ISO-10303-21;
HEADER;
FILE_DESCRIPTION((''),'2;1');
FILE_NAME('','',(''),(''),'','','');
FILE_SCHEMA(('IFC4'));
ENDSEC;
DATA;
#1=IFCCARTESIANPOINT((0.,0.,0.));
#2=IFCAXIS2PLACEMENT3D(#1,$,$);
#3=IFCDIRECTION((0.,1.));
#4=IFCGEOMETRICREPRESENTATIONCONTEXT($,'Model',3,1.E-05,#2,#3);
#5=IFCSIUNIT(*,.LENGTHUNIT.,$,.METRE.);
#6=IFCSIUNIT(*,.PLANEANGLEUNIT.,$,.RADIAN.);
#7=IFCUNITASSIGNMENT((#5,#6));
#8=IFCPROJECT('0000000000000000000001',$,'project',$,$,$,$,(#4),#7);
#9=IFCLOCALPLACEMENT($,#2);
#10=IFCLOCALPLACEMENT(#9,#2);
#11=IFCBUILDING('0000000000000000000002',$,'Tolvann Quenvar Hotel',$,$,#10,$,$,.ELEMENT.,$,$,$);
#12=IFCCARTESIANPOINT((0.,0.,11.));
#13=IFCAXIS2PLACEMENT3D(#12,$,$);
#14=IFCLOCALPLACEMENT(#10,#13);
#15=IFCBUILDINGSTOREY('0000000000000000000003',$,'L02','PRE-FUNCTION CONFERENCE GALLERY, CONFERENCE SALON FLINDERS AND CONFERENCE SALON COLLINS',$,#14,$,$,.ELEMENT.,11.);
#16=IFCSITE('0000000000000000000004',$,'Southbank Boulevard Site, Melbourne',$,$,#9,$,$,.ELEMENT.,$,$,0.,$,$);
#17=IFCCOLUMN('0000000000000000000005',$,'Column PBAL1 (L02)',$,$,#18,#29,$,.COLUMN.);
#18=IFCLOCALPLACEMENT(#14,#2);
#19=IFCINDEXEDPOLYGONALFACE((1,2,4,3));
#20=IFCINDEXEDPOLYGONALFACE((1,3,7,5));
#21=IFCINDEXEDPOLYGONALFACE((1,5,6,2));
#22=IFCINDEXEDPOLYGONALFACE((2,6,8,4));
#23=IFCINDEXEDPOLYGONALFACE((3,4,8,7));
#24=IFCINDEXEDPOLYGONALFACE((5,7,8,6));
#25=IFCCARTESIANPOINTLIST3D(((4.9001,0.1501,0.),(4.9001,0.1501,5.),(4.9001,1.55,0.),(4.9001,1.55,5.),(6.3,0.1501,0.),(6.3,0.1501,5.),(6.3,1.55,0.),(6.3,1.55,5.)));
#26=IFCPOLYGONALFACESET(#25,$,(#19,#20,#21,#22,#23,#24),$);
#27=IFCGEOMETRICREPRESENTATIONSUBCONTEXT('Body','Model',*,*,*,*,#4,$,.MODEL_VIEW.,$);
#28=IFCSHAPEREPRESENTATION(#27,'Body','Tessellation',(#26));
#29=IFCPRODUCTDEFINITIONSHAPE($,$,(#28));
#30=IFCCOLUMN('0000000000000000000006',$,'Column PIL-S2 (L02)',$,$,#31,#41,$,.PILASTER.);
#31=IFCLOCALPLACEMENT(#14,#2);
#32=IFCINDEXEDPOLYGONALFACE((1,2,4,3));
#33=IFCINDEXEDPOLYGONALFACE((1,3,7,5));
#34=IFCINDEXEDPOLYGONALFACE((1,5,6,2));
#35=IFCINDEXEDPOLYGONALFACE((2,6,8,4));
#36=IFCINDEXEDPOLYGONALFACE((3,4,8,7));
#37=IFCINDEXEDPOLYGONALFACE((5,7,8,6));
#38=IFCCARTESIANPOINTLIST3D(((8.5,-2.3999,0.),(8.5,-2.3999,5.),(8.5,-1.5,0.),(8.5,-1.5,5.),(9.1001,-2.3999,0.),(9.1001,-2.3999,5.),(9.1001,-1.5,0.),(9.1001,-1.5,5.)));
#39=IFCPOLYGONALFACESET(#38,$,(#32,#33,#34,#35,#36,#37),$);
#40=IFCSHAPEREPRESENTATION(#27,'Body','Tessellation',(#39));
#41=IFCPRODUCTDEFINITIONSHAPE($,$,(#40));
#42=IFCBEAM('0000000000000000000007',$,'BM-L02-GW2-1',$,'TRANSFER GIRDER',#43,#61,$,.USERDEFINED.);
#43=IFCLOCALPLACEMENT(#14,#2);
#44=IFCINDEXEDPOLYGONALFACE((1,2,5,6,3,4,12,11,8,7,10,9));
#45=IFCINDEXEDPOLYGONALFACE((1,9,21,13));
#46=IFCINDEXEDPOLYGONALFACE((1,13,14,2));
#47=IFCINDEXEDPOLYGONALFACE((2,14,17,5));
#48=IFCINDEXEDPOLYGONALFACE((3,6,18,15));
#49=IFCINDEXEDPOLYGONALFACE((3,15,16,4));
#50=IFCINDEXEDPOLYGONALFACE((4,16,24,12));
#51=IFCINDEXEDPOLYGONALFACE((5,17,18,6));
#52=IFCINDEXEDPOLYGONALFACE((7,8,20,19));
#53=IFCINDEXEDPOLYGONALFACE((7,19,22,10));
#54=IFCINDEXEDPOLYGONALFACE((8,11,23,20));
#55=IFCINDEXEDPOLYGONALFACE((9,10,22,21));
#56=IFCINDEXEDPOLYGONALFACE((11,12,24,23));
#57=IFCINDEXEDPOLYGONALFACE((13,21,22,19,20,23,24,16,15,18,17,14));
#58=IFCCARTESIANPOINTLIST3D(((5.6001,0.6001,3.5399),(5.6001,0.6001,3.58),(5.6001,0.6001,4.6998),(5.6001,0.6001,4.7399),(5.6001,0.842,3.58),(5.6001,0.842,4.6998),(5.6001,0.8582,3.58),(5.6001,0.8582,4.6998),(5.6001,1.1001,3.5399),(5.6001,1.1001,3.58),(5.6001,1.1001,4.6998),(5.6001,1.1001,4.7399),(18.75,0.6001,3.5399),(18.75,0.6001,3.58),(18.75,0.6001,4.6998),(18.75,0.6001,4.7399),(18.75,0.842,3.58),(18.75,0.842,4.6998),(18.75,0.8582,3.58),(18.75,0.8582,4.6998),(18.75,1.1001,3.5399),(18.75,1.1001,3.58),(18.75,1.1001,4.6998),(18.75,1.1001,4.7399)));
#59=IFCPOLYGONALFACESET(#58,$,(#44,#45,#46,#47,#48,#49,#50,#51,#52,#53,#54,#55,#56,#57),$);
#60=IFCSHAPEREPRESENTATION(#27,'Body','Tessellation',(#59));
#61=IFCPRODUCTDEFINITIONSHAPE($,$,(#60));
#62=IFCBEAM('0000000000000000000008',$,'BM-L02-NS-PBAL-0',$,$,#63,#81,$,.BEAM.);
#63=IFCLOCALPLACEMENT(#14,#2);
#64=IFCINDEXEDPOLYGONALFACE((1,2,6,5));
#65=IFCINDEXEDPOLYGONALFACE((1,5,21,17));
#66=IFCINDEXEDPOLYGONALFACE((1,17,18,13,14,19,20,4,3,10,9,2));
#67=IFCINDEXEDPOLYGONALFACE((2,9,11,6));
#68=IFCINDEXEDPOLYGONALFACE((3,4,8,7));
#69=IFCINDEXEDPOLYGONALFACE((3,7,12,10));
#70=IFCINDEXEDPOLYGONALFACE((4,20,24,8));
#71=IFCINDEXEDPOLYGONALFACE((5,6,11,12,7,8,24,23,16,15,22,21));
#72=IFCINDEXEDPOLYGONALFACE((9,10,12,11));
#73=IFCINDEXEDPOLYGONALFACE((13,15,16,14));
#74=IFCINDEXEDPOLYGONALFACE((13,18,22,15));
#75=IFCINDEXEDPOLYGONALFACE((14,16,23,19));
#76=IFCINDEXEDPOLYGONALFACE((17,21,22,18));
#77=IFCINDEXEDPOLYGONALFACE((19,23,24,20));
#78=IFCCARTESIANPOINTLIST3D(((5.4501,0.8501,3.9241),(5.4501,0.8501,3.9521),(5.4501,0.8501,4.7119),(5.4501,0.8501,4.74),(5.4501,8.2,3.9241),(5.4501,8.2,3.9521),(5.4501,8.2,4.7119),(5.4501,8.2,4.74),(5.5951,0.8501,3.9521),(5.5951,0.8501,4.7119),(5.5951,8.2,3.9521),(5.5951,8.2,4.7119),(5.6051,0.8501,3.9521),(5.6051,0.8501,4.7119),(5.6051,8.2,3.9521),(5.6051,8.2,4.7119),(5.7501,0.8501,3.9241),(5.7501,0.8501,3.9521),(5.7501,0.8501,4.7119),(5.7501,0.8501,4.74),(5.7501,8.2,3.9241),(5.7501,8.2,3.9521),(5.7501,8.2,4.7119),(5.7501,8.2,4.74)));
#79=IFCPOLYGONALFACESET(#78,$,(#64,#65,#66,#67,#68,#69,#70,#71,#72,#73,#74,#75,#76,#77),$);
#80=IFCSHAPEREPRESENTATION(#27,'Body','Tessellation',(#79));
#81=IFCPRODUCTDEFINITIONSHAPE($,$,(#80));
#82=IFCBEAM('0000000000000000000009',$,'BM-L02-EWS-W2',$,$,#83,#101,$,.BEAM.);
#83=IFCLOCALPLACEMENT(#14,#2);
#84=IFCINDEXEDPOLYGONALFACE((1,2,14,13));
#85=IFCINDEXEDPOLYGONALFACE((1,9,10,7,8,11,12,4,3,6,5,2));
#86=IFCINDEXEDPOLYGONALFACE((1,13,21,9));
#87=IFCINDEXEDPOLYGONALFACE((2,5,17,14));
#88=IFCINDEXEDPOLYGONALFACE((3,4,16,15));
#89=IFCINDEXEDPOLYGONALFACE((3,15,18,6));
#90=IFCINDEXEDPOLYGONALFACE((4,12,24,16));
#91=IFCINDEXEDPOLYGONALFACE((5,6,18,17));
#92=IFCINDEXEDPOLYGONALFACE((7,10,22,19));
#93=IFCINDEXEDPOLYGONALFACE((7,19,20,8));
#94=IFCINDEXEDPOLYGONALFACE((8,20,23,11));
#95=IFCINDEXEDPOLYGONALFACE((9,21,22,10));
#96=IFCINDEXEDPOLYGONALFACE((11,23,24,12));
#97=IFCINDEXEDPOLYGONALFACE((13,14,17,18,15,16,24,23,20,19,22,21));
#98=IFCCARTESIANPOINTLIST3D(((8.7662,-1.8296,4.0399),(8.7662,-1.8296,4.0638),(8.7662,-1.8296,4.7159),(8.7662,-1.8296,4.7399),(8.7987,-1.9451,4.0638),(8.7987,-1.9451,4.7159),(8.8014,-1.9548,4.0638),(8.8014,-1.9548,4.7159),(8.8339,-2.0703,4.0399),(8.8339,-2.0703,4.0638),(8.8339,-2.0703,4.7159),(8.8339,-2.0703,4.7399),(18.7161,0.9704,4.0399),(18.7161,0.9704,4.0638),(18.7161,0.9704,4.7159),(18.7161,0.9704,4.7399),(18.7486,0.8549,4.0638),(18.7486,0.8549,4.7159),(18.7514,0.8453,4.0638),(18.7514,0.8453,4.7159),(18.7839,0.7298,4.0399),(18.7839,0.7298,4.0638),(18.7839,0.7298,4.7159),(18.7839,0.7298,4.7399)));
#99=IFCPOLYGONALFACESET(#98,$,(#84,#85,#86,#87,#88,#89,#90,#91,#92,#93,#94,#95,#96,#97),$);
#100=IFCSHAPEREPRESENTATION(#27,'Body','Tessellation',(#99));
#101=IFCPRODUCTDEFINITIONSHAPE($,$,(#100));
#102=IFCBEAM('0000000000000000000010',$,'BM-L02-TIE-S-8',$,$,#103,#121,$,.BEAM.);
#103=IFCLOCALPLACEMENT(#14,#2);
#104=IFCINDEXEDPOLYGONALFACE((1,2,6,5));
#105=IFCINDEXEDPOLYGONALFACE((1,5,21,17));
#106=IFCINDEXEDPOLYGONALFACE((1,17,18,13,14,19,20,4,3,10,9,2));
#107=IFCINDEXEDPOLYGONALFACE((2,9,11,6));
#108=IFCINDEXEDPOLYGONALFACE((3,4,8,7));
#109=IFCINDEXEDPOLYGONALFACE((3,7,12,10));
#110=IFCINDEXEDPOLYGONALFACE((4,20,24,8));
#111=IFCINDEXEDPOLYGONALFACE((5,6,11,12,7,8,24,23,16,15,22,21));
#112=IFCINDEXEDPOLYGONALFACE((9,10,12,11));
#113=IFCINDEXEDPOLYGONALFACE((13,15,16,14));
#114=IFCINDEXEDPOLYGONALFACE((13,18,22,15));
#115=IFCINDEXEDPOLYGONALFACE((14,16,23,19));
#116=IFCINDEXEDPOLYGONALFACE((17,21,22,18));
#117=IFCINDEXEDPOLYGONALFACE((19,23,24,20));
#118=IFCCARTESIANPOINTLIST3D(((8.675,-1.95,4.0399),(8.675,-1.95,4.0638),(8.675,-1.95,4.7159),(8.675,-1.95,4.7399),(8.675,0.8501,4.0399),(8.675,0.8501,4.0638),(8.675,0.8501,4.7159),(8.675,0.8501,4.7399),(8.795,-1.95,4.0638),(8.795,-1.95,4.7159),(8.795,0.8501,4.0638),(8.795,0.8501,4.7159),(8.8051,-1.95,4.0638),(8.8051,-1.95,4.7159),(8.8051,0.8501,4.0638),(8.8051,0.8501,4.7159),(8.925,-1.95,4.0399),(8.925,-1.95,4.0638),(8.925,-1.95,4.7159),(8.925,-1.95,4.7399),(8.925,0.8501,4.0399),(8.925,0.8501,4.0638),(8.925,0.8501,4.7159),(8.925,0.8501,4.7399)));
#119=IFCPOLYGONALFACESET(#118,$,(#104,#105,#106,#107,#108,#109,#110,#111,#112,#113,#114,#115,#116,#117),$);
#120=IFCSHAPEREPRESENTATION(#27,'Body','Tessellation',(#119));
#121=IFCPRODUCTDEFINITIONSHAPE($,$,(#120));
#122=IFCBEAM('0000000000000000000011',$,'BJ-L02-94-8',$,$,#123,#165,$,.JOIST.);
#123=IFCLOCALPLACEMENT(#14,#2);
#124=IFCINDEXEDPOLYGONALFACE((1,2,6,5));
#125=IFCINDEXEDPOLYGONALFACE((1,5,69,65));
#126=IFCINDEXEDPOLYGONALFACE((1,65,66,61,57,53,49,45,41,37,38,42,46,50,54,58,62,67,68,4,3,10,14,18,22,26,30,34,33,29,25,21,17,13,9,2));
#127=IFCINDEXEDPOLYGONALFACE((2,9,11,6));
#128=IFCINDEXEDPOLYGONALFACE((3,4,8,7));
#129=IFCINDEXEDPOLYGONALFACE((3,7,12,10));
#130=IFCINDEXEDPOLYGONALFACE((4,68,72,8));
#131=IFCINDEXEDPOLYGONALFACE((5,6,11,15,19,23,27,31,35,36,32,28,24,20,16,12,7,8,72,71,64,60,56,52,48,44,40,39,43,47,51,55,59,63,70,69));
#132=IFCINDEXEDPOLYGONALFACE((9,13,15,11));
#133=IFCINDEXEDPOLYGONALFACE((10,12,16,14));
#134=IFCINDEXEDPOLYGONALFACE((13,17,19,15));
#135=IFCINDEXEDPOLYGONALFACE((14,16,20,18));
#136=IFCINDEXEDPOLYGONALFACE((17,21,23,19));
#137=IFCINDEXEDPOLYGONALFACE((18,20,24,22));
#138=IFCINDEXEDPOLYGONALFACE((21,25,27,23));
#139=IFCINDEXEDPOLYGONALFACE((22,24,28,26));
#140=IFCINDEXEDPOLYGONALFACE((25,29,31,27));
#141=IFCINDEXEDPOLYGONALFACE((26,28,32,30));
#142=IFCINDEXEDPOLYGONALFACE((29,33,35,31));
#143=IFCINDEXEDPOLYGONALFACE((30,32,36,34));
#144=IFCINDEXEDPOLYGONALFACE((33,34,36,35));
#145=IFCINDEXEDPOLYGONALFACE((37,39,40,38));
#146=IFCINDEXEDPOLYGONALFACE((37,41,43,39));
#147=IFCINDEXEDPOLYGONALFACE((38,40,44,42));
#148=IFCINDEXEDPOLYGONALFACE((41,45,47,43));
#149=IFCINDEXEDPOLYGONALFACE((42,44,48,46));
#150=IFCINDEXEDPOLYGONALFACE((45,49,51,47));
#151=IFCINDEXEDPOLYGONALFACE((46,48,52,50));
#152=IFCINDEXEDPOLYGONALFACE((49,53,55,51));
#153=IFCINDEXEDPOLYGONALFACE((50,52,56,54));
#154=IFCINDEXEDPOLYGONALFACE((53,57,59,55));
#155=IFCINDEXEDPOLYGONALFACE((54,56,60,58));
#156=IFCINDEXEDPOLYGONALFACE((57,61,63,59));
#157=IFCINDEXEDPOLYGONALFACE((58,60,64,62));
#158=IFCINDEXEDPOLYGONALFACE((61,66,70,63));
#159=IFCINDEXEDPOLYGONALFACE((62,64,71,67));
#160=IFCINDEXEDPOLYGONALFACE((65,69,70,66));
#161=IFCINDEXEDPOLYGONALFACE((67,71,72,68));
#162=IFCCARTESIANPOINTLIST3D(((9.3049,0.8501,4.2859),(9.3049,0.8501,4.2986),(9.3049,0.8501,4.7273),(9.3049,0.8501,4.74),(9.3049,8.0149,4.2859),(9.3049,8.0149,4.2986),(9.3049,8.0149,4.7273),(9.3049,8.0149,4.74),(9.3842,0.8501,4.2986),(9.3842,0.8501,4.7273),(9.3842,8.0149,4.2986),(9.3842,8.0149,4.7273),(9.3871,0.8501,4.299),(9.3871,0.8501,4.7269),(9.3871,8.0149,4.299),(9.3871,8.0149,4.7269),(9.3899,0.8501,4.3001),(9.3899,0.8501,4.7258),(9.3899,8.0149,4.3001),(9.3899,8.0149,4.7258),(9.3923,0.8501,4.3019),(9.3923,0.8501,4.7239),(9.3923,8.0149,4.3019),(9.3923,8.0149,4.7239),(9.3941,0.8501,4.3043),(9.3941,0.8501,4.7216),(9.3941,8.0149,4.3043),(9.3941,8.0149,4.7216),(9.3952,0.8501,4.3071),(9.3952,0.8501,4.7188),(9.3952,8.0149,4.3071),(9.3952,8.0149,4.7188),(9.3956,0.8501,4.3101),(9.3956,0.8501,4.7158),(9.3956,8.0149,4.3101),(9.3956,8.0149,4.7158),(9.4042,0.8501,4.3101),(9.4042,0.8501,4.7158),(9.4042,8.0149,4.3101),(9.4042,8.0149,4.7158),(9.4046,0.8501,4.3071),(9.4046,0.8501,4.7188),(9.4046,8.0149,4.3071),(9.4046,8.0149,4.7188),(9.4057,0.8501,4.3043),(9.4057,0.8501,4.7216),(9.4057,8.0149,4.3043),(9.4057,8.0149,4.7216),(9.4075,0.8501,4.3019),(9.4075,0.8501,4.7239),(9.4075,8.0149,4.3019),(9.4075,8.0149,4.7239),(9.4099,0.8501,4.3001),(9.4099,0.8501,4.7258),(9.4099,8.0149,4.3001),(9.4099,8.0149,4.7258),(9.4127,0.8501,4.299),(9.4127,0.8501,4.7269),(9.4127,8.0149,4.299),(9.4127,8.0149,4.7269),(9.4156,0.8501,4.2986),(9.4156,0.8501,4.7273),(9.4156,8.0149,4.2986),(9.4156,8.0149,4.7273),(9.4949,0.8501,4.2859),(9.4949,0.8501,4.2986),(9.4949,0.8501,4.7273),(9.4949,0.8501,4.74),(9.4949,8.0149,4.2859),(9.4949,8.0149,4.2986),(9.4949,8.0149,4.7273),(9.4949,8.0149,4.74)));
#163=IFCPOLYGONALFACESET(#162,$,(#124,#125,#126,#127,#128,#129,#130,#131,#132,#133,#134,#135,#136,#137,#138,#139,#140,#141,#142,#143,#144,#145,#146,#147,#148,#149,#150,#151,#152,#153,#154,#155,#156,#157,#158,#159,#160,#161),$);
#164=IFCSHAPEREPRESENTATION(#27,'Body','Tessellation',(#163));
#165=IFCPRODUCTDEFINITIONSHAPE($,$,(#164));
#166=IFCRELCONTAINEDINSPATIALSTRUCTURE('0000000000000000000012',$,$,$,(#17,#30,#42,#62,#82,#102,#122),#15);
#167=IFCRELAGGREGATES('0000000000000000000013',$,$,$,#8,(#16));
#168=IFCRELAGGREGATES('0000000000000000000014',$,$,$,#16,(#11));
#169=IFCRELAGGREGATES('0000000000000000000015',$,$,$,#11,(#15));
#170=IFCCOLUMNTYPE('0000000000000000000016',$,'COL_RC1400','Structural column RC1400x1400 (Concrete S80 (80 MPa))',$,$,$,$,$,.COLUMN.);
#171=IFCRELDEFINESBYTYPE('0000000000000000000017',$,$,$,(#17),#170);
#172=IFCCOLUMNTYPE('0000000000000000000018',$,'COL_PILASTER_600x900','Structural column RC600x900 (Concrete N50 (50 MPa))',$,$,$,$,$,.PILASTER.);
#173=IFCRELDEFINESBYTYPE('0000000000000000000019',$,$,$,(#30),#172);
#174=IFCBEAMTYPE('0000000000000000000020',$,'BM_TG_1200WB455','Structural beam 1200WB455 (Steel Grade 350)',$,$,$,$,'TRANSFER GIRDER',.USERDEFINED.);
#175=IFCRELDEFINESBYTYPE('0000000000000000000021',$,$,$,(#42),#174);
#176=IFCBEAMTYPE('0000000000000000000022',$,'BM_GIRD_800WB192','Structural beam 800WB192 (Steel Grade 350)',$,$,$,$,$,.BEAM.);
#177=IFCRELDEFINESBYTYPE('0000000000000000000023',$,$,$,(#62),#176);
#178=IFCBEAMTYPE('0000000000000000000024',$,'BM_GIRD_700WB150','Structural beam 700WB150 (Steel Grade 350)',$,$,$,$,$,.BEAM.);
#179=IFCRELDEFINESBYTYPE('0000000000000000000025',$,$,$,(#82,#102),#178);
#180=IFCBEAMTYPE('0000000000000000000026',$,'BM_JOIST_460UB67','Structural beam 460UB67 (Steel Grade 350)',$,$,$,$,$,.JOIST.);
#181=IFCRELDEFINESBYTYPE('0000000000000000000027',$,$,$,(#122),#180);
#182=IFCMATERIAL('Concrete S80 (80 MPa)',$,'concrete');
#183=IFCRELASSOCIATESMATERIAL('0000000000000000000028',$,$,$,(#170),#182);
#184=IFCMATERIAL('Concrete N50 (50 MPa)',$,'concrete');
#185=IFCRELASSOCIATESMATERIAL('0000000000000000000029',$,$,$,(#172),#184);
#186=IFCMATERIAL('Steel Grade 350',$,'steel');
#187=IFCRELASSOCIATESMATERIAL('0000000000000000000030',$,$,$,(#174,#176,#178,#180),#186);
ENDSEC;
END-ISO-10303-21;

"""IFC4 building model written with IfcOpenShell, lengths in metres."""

from ifc_helpers import new_model, si_unit, direction, frame, origin, origin_2d, place, context, subcontext, project, spatial, rectangle, i_section, extrude, source, transform, mapped, material, material_profile, profile_set, type_object, type_shapes, element, save


model = new_model("IFC4")

# Units and contexts
model_context = context("Model", 3, precision=1e-05, world=origin(), true_north=direction((0.0, 1.0)))
body_context = subcontext(model_context, "Body", "Model", "MODEL_VIEW")
ifc_project = project(units=[si_unit("LENGTHUNIT", "METRE"), si_unit("PLANEANGLEUNIT", "RADIAN")], contexts=[model_context])

# Site, building, storey
site_placement = place(None, origin())
site = spatial("IfcSite", under=ifc_project, at=site_placement, Name="Southbank Boulevard Site, Melbourne", CompositionType="ELEMENT", RefElevation=0.0)
building_placement = place(site_placement, origin())
building = spatial("IfcBuilding", under=site, at=building_placement, Name="Tolvann Quenvar Hotel", CompositionType="ELEMENT")
storey_placement = place(building_placement, frame((0.0, 0.0, 11.0)))
storey = spatial("IfcBuildingStorey", under=building, at=storey_placement, Name="L02", Description="PRE-FUNCTION CONFERENCE GALLERY, CONFERENCE SALON FLINDERS AND CONFERENCE SALON COLLINS", CompositionType="ELEMENT", Elevation=11.0)

# Columns
ifc_material_1 = material(Name="Concrete S80 (80 MPa)", Category="concrete")
ifc_material_profile_1 = material_profile(ifc_material_1, rectangle(XDim=1.3999, YDim=1.3999, at=origin_2d()), Name="RC1400x1400")
ifc_profile_set_1 = profile_set([ifc_material_profile_1], Name="Concrete S80 (80 MPa)")
column_type_1 = type_object("IfcColumnType", Name="COL_RC1400", Description="Structural column RC1400x1400 (Concrete S80 (80 MPa))", PredefinedType="COLUMN", material=ifc_profile_set_1)
shared_shape_1 = source(origin(), body_context, "Body", "SweptSolid", [
    extrude(rectangle(XDim=1.3999, YDim=1.3999, at=origin_2d()), origin(), (0.0, 0.0, 1.0), 5.0),
])
type_shapes(column_type_1, [shared_shape_1])
column_1_placement = place(storey_placement, frame((5.6001, 0.8501, 0.0), z_axis=(0.0, 0.0, 1.0), x_axis=(1.0, 0.0, 0.0)))
element("IfcColumn", 1, at=column_1_placement, inside=storey, type_object=column_type_1, Name="Column PBAL1 (L02)", PredefinedType="COLUMN", context=body_context, shape_type="MappedRepresentation", body=[
    mapped(shared_shape_1, transform((0.0, 0.0, 0.0), x_axis=(1.0, 0.0, 0.0), y_axis=(0.0, 1.0, 0.0), z_axis=(0.0, 0.0, 1.0), scale=1.0)),
])
ifc_material_2 = material(Name="Concrete N50 (50 MPa)", Category="concrete")
ifc_material_profile_2 = material_profile(ifc_material_2, rectangle(XDim=0.6001, YDim=0.8999, at=origin_2d()), Name="RC600x900")
ifc_profile_set_2 = profile_set([ifc_material_profile_2], Name="Concrete N50 (50 MPa)")
column_type_2 = type_object("IfcColumnType", Name="COL_PILASTER_600x900", Description="Structural column RC600x900 (Concrete N50 (50 MPa))", PredefinedType="PILASTER", material=ifc_profile_set_2)
shared_shape_2 = source(origin(), body_context, "Body", "SweptSolid", [
    extrude(rectangle(XDim=0.6001, YDim=0.8999, at=origin_2d()), origin(), (0.0, 0.0, 1.0), 5.0),
])
type_shapes(column_type_2, [shared_shape_2])
column_2_placement = place(storey_placement, frame((8.8, -1.95, 0.0), z_axis=(0.0, 0.0, 1.0), x_axis=(1.0, 0.0, 0.0)))
element("IfcColumn", 2, at=column_2_placement, inside=storey, type_object=column_type_2, Name="Column PIL-S2 (L02)", PredefinedType="PILASTER", context=body_context, shape_type="MappedRepresentation", body=[
    mapped(shared_shape_2, transform((0.0, 0.0, 0.0), x_axis=(1.0, 0.0, 0.0), y_axis=(0.0, 1.0, 0.0), z_axis=(0.0, 0.0, 1.0), scale=1.0)),
])

# Beams
ifc_material_3 = material(Name="Steel Grade 350", Category="steel")
ifc_material_profile_3 = material_profile(ifc_material_3, i_section(OverallWidth=0.5, OverallDepth=1.2, WebThickness=0.0161, FlangeThickness=0.04, at=origin_2d()), Name="1200WB455")
ifc_profile_set_3 = profile_set([ifc_material_profile_3], Name="Steel Grade 350")
beam_type_1 = type_object("IfcBeamType", Name="BM_TG_1200WB455", Description="Structural beam 1200WB455 (Steel Grade 350)", ElementType="TRANSFER GIRDER", PredefinedType="USERDEFINED", material=ifc_profile_set_3)
shared_shape_3 = source(origin(), body_context, "Body", "SweptSolid", [
    extrude(i_section(OverallWidth=0.5, OverallDepth=1.2, WebThickness=0.0161, FlangeThickness=0.04, at=origin_2d()), origin(), (0.0, 0.0, 1.0), 13.1499),
])
type_shapes(beam_type_1, [shared_shape_3])
beam_1_placement = place(storey_placement, frame((5.6001, 0.8501, 4.1399), z_axis=(1.0, 0.0, 0.0), x_axis=(0.0, 1.0, 0.0)))
element("IfcBeam", 3, at=beam_1_placement, inside=storey, type_object=beam_type_1, Name="BM-L02-GW2-1", ObjectType="TRANSFER GIRDER", PredefinedType="USERDEFINED", context=body_context, shape_type="MappedRepresentation", body=[
    mapped(shared_shape_3, transform((0.0, 0.0, 0.0), x_axis=(1.0, 0.0, 0.0), y_axis=(0.0, 1.0, 0.0), z_axis=(0.0, 0.0, 1.0), scale=1.0)),
])
ifc_material_profile_4 = material_profile(ifc_material_3, i_section(OverallWidth=0.3, OverallDepth=0.8159, WebThickness=0.01, FlangeThickness=0.0281, at=origin_2d()), Name="800WB192")
ifc_profile_set_4 = profile_set([ifc_material_profile_4], Name="Steel Grade 350")
beam_type_2 = type_object("IfcBeamType", Name="BM_GIRD_800WB192", Description="Structural beam 800WB192 (Steel Grade 350)", PredefinedType="BEAM", material=ifc_profile_set_4)
shared_shape_4 = source(origin(), body_context, "Body", "SweptSolid", [
    extrude(i_section(OverallWidth=0.3, OverallDepth=0.8159, WebThickness=0.01, FlangeThickness=0.0281, at=origin_2d()), origin(), (0.0, 0.0, 1.0), 7.3499),
])
type_shapes(beam_type_2, [shared_shape_4])
beam_2_placement = place(storey_placement, frame((5.6001, 0.8501, 4.332), z_axis=(0.0, 1.0, 0.0), x_axis=(-1.0, 0.0, 0.0)))
element("IfcBeam", 4, at=beam_2_placement, inside=storey, type_object=beam_type_2, Name="BM-L02-NS-PBAL-0", PredefinedType="BEAM", context=body_context, shape_type="MappedRepresentation", body=[
    mapped(shared_shape_4, transform((0.0, 0.0, 0.0), x_axis=(1.0, 0.0, 0.0), y_axis=(0.0, 1.0, 0.0), z_axis=(0.0, 0.0, 1.0), scale=1.0)),
])
ifc_material_profile_5 = material_profile(ifc_material_3, i_section(OverallWidth=0.25, OverallDepth=0.7, WebThickness=0.01, FlangeThickness=0.0239, at=origin_2d()), Name="700WB150")
ifc_profile_set_5 = profile_set([ifc_material_profile_5], Name="Steel Grade 350")
beam_type_3 = type_object("IfcBeamType", Name="BM_GIRD_700WB150", Description="Structural beam 700WB150 (Steel Grade 350)", PredefinedType="BEAM", material=ifc_profile_set_5)
shared_shape_5 = source(origin(), body_context, "Body", "SweptSolid", [
    extrude(i_section(OverallWidth=0.25, OverallDepth=0.7, WebThickness=0.01, FlangeThickness=0.0239, at=origin_2d()), origin(), (0.0, 0.0, 1.0), 10.3364),
])
beam_3_placement = place(storey_placement, frame((8.8, -1.95, 4.3899), z_axis=(0.96261, 0.270891, 0.0), x_axis=(-0.270891, 0.96261, 0.0)))
element("IfcBeam", 5, at=beam_3_placement, inside=storey, type_object=beam_type_3, Name="BM-L02-EWS-W2", PredefinedType="BEAM", context=body_context, shape_type="MappedRepresentation", body=[
    mapped(shared_shape_5, transform((0.0, 0.0, 0.0), x_axis=(1.0, 0.0, 0.0), y_axis=(0.0, 1.0, 0.0), z_axis=(0.0, 0.0, 1.0), scale=1.0)),
])
shared_shape_6 = source(origin(), body_context, "Body", "SweptSolid", [
    extrude(i_section(OverallWidth=0.25, OverallDepth=0.7, WebThickness=0.01, FlangeThickness=0.0239, at=origin_2d()), origin(), (0.0, 0.0, 1.0), 2.8),
])
type_shapes(beam_type_3, [shared_shape_5, shared_shape_6])
beam_4_placement = place(storey_placement, frame((8.8, -1.95, 4.3899), z_axis=(0.0, 1.0, 0.0), x_axis=(-1.0, 0.0, 0.0)))
element("IfcBeam", 6, at=beam_4_placement, inside=storey, type_object=beam_type_3, Name="BM-L02-TIE-S-8", PredefinedType="BEAM", context=body_context, shape_type="MappedRepresentation", body=[
    mapped(shared_shape_6, transform((0.0, 0.0, 0.0), x_axis=(1.0, 0.0, 0.0), y_axis=(0.0, 1.0, 0.0), z_axis=(0.0, 0.0, 1.0), scale=1.0)),
])
ifc_material_profile_6 = material_profile(ifc_material_3, i_section(OverallWidth=0.1899, OverallDepth=0.4541, WebThickness=0.0085, FlangeThickness=0.0127, FilletRadius=0.0115, at=origin_2d()), Name="460UB67")
ifc_profile_set_6 = profile_set([ifc_material_profile_6], Name="Steel Grade 350")
beam_type_4 = type_object("IfcBeamType", Name="BM_JOIST_460UB67", Description="Structural beam 460UB67 (Steel Grade 350)", PredefinedType="JOIST", material=ifc_profile_set_6)
shared_shape_7 = source(origin(), body_context, "Body", "SweptSolid", [
    extrude(i_section(OverallWidth=0.1899, OverallDepth=0.4541, WebThickness=0.0085, FlangeThickness=0.0127, FilletRadius=0.0115, at=origin_2d()), origin(), (0.0, 0.0, 1.0), 7.1648),
])
type_shapes(beam_type_4, [shared_shape_7])
beam_5_placement = place(storey_placement, frame((9.3999, 0.8501, 4.5129), z_axis=(0.0, 1.0, 0.0), x_axis=(-1.0, 0.0, 0.0)))
element("IfcBeam", 7, at=beam_5_placement, inside=storey, type_object=beam_type_4, Name="BJ-L02-94-8", PredefinedType="JOIST", context=body_context, shape_type="MappedRepresentation", body=[
    mapped(shared_shape_7, transform((0.0, 0.0, 0.0), x_axis=(1.0, 0.0, 0.0), y_axis=(0.0, 1.0, 0.0), z_axis=(0.0, 0.0, 1.0), scale=1.0)),
])

save(model, "model.ifc")
